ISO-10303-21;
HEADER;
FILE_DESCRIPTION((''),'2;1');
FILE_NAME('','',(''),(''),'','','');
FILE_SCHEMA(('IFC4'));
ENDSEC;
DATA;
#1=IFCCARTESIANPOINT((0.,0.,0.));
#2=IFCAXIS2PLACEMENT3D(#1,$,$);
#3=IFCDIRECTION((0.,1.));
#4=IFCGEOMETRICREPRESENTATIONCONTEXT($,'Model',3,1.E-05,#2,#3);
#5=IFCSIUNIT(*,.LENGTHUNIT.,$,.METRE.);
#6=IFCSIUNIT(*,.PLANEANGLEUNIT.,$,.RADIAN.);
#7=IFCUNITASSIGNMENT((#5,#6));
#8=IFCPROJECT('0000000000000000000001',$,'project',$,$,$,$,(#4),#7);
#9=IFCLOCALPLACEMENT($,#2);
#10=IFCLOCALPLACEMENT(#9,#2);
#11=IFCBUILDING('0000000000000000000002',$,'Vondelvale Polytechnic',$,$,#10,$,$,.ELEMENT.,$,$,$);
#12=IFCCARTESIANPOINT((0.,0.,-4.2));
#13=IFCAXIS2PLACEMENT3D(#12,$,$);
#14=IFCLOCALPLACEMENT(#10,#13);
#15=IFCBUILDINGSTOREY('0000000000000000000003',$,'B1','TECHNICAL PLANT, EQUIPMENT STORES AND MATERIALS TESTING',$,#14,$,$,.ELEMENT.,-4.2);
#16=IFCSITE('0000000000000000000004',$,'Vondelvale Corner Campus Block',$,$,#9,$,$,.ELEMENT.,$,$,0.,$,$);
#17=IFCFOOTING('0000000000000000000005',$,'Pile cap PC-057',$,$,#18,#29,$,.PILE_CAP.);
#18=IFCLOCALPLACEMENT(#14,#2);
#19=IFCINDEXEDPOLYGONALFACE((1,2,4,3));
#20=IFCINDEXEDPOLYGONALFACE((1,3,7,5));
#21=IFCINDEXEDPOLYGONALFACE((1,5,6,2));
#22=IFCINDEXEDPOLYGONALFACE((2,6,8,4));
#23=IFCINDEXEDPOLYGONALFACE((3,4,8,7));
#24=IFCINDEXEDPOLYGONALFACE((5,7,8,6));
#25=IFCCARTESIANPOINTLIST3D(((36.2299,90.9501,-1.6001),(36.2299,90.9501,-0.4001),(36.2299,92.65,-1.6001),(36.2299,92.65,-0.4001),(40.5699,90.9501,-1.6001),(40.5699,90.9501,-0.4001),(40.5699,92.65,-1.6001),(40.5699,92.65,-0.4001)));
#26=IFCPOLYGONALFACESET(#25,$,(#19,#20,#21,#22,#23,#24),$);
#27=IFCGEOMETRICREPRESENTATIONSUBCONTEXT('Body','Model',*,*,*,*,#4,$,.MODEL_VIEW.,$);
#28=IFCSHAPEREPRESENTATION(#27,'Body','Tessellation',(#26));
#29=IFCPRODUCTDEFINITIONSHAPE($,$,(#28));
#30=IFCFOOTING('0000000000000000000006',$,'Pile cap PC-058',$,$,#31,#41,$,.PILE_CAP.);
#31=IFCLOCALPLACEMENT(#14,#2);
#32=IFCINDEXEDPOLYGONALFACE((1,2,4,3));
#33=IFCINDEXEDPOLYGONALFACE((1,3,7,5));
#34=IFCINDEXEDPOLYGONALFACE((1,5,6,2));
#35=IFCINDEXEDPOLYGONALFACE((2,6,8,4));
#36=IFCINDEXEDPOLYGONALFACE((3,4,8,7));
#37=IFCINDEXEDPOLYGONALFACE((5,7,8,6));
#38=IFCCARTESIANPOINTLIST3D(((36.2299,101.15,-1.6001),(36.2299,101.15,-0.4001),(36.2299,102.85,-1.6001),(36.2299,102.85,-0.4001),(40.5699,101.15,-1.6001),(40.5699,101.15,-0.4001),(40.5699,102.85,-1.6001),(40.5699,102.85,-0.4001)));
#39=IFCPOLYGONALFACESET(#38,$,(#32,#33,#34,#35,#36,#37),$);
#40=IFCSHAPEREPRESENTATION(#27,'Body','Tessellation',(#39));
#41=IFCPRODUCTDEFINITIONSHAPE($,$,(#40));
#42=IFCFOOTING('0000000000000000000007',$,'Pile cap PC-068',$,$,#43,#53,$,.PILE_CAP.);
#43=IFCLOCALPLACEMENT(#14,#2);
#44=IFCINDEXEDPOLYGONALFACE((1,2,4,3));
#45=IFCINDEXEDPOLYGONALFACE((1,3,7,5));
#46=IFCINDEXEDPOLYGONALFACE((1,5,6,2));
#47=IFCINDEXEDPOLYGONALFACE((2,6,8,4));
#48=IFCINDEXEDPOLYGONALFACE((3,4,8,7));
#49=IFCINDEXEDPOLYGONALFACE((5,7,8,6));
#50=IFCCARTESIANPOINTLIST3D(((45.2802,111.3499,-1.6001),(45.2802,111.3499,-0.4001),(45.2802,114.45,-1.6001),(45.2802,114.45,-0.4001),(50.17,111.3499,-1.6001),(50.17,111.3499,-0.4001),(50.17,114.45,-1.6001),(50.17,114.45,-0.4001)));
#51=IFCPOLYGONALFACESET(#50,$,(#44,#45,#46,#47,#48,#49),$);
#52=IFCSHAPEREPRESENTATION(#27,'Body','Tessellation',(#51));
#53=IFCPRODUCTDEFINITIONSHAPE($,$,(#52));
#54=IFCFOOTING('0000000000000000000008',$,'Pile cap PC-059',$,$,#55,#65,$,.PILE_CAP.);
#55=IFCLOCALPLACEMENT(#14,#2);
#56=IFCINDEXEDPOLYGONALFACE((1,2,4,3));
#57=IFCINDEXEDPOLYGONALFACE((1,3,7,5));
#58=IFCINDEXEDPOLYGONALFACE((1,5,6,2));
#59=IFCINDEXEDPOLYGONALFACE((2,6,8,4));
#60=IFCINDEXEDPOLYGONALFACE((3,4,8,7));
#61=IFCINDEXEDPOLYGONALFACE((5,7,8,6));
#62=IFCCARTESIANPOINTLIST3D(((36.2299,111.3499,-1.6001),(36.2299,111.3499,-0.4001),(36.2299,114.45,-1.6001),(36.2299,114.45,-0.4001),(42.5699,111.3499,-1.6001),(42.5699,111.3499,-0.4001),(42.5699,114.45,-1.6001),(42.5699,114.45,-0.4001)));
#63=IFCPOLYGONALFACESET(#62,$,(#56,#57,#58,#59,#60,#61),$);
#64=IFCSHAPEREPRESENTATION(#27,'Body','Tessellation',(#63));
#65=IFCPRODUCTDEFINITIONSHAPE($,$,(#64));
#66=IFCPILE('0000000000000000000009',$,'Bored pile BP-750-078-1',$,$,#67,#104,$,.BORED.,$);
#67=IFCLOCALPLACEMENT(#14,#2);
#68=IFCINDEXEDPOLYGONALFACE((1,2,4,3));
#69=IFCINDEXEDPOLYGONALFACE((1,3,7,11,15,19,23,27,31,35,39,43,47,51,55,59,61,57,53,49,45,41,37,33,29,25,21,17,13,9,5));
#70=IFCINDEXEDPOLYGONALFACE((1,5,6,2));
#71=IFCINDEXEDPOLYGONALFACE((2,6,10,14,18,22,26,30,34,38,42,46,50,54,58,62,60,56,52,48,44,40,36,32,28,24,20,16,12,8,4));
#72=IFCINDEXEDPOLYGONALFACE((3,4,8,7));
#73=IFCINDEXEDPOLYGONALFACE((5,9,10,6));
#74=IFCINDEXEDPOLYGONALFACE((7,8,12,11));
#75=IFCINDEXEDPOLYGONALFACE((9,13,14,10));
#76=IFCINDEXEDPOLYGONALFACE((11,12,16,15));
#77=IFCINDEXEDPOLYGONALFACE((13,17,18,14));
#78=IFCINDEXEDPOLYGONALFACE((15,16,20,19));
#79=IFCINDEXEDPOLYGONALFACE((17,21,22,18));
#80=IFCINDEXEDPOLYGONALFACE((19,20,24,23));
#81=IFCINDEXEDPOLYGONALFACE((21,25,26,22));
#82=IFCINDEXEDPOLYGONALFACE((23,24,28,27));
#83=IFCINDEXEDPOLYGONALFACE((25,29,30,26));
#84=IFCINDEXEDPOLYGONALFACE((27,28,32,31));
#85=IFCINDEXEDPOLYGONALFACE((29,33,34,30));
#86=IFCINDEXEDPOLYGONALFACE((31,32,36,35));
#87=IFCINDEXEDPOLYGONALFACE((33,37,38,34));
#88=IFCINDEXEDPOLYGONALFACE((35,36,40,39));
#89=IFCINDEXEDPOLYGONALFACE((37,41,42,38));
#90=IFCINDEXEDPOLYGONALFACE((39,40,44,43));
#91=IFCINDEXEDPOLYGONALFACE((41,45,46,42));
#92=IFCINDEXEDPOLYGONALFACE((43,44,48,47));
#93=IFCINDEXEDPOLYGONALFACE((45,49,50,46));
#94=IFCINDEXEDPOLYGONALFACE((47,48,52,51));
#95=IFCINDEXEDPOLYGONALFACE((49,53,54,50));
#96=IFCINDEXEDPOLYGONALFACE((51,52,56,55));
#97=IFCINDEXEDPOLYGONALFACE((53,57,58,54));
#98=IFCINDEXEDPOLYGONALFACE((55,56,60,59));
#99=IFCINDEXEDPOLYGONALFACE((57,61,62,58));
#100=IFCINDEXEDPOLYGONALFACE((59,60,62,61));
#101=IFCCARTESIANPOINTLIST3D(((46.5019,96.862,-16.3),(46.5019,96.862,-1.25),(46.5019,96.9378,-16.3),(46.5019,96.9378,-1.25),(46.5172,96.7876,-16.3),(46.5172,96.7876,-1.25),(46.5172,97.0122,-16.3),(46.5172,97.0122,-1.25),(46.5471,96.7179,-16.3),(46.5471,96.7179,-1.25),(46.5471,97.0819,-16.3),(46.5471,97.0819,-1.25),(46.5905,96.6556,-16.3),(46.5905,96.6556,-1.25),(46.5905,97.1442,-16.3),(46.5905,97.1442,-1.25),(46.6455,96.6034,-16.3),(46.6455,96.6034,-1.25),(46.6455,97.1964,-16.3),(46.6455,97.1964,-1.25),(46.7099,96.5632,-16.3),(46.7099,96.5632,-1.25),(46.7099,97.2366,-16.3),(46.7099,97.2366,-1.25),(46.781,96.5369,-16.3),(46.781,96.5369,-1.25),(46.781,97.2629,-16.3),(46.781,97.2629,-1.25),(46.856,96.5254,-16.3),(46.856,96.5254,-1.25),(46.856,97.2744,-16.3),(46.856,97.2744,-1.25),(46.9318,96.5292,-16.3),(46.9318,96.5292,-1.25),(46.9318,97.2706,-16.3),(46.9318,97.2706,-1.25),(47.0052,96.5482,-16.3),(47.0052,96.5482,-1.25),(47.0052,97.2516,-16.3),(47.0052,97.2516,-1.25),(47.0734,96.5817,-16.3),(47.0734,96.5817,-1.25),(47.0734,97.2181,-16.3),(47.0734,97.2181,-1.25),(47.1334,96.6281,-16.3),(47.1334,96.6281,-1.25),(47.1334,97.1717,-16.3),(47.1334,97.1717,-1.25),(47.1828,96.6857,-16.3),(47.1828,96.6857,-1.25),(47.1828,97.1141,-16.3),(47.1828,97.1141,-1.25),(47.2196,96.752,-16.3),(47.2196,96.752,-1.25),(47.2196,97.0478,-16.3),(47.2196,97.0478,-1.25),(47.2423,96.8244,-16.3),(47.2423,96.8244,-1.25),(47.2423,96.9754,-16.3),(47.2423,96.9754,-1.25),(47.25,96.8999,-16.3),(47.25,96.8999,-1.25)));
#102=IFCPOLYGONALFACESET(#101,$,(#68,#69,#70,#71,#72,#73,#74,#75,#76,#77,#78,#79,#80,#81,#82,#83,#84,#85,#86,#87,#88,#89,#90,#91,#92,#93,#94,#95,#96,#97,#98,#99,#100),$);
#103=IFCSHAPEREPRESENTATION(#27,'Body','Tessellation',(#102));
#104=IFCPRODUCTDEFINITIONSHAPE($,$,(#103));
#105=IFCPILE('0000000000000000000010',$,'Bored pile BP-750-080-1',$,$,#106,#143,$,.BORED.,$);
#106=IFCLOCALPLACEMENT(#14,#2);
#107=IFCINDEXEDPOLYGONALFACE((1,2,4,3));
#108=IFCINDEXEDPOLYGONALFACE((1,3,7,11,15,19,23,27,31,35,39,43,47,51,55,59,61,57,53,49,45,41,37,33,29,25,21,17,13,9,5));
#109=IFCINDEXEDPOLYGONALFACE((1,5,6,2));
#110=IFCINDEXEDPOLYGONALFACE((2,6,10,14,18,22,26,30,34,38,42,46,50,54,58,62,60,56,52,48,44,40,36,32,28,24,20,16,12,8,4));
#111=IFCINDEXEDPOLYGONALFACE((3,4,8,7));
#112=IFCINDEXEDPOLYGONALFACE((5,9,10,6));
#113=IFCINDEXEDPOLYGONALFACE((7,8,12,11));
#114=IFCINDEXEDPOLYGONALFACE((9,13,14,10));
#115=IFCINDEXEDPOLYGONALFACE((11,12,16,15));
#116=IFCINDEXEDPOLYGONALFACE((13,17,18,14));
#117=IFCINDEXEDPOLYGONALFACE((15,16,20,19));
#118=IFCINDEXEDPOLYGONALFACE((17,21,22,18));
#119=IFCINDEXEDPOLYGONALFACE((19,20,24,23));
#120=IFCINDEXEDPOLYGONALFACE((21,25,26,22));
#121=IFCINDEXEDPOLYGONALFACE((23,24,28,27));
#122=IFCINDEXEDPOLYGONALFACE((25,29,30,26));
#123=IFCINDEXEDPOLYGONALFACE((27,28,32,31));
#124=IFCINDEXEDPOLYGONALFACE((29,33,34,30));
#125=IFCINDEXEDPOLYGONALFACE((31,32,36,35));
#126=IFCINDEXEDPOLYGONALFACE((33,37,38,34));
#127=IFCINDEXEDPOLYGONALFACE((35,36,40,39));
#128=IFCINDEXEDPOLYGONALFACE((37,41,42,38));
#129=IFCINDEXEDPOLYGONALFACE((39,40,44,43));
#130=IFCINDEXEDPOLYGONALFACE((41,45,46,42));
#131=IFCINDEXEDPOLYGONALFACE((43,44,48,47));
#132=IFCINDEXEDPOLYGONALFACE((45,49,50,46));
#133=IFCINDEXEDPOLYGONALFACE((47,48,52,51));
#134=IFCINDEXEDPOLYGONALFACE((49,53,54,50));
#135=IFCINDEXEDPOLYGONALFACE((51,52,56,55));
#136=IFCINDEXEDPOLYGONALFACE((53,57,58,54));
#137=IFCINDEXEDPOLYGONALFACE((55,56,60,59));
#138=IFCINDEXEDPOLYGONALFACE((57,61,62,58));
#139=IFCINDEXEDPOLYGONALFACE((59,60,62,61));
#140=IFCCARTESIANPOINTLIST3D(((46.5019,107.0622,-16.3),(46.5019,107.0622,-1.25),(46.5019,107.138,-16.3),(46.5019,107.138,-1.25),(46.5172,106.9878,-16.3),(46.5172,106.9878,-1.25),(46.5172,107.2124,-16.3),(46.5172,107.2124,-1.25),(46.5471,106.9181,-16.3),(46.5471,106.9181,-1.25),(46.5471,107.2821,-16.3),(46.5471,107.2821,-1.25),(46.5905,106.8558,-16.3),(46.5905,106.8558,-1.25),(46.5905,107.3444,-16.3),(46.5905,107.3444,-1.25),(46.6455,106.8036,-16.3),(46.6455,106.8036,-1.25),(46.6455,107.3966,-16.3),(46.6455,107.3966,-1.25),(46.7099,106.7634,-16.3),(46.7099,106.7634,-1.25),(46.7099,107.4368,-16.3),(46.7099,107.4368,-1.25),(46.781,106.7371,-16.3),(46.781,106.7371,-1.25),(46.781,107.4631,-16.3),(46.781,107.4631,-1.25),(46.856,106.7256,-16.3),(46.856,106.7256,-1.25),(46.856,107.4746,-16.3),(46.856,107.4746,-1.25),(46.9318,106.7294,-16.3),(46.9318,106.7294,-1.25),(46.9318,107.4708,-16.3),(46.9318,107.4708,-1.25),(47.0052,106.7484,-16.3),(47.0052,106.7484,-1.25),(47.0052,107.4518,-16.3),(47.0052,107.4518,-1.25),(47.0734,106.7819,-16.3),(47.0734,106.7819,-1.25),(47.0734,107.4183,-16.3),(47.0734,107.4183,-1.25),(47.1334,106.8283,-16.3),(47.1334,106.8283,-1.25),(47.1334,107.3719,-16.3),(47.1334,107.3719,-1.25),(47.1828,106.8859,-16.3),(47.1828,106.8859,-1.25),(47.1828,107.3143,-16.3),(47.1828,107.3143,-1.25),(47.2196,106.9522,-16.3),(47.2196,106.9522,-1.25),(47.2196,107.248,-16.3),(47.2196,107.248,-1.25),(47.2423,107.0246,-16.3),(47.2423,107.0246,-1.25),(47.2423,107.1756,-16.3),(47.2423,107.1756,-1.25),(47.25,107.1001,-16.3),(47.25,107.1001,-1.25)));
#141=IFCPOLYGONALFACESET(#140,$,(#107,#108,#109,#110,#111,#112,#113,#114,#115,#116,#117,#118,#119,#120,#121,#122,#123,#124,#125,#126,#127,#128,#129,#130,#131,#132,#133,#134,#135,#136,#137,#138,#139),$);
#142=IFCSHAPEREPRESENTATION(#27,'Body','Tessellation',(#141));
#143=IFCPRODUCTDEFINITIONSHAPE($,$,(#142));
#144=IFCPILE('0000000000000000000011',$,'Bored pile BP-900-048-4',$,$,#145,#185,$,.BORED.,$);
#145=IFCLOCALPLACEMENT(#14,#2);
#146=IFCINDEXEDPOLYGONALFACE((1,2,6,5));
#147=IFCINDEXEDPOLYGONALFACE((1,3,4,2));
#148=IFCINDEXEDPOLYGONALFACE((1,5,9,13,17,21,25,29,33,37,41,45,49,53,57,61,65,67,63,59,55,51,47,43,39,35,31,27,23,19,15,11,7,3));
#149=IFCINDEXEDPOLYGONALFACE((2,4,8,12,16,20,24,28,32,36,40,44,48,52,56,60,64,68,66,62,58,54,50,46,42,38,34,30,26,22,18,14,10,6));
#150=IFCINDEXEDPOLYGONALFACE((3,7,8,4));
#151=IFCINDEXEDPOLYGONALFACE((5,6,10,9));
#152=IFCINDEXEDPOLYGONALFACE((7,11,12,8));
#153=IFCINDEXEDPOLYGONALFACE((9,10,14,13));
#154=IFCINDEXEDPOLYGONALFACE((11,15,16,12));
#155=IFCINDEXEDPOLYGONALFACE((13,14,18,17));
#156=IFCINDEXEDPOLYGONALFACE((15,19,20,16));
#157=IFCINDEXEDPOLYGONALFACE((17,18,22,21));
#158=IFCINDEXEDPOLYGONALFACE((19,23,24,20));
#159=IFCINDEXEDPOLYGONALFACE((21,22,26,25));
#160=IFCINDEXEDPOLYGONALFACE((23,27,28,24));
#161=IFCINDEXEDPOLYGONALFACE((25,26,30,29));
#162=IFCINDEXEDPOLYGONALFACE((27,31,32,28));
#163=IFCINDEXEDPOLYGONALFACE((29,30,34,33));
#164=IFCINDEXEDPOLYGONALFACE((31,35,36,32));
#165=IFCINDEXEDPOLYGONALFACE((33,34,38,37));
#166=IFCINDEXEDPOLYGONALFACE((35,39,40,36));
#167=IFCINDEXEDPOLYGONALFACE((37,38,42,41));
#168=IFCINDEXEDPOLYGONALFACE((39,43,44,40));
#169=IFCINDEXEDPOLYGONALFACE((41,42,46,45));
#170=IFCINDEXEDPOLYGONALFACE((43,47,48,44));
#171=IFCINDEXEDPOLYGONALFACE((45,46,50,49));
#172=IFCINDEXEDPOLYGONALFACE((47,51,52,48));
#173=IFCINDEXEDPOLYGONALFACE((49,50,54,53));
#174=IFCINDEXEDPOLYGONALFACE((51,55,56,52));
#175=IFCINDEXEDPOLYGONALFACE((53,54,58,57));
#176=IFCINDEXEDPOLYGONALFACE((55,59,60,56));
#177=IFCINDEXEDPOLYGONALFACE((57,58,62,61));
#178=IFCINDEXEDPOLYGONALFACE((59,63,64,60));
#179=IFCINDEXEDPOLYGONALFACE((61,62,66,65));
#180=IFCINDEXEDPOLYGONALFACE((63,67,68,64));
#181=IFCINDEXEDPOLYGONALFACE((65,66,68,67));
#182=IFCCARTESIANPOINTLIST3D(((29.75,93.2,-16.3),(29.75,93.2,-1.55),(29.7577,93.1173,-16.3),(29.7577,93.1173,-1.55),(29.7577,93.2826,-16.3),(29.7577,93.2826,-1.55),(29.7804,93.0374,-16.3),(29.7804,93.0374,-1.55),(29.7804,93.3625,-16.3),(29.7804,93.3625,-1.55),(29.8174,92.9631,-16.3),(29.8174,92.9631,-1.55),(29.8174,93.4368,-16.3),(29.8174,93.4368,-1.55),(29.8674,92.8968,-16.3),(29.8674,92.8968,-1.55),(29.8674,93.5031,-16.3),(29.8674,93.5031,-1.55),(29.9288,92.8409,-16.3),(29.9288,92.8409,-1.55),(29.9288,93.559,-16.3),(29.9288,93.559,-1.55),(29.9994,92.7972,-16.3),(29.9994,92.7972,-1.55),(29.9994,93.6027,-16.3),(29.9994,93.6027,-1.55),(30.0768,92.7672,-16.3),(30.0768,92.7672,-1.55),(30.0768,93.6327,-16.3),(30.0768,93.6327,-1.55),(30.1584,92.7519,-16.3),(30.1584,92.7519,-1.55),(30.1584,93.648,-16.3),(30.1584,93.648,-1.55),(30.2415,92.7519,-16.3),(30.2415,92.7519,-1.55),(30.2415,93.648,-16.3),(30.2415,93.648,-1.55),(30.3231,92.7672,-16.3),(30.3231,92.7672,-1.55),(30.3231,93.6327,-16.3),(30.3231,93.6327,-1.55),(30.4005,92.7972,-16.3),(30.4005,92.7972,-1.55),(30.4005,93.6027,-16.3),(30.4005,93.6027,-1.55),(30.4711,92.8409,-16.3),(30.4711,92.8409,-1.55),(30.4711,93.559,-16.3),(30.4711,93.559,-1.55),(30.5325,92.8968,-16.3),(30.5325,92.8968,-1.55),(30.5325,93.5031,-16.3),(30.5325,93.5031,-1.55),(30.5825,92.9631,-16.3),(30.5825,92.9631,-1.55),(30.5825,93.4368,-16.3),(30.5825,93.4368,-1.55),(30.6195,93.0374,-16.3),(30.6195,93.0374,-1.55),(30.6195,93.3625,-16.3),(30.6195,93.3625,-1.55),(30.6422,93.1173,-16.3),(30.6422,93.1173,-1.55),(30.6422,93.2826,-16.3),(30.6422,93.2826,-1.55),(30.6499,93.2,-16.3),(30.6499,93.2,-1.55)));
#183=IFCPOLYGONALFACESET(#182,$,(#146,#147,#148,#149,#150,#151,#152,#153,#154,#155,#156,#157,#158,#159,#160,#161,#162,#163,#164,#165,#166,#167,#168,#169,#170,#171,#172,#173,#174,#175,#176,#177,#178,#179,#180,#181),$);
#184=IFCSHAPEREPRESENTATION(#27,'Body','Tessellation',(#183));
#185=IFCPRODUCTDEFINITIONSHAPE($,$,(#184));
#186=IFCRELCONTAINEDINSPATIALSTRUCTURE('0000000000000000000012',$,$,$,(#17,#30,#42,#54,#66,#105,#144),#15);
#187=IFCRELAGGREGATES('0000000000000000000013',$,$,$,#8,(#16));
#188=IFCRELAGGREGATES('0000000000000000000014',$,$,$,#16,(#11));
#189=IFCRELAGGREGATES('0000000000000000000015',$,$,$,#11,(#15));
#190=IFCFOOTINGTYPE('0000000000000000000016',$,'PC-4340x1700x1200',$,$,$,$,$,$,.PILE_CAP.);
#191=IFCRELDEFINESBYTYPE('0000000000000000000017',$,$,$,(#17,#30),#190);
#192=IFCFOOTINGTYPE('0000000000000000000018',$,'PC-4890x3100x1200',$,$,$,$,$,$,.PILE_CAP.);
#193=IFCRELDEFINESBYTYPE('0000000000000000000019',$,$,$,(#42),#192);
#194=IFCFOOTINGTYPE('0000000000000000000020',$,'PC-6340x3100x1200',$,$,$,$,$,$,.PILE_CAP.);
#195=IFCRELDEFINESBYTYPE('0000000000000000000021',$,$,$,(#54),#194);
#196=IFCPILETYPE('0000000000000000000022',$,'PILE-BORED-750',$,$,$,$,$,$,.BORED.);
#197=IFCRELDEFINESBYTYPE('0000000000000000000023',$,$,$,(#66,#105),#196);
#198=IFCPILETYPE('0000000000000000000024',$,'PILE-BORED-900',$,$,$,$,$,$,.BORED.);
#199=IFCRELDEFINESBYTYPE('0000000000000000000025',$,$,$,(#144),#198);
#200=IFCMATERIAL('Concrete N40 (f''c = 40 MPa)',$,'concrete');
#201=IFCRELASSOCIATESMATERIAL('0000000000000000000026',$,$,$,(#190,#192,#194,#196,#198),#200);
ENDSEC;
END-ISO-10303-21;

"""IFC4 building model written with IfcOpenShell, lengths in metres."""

from ifc_helpers import new_model, si_unit, direction, frame, origin, origin_2d, place, context, subcontext, project, spatial, rectangle, circle, extrude, material, material_profile, profile_set, type_object, element, save


model = new_model("IFC4")

# Units and contexts
model_context = context("Model", 3, precision=1e-05, world=origin(), true_north=direction((0.0, 1.0)))
body_context = subcontext(model_context, "Body", "Model", "MODEL_VIEW")
ifc_project = project(units=[si_unit("LENGTHUNIT", "METRE"), si_unit("PLANEANGLEUNIT", "RADIAN")], contexts=[model_context])

# Site, building, storey
site_placement = place(None, origin())
site = spatial("IfcSite", under=ifc_project, at=site_placement, Name="Vondelvale Corner Campus Block", CompositionType="ELEMENT", RefElevation=0.0)
building_placement = place(site_placement, origin())
building = spatial("IfcBuilding", under=site, at=building_placement, Name="Vondelvale Polytechnic", CompositionType="ELEMENT")
storey_placement = place(building_placement, frame((0.0, 0.0, -4.2)))
storey = spatial("IfcBuildingStorey", under=building, at=storey_placement, Name="B1", Description="TECHNICAL PLANT, EQUIPMENT STORES AND MATERIALS TESTING", CompositionType="ELEMENT", Elevation=-4.2)

# Footings
ifc_material_1 = material(Name="Concrete N40 (f'c = 40 MPa)", Category="concrete")
footing_type_1 = type_object("IfcFootingType", Name="PC-4340x1700x1200", PredefinedType="PILE_CAP", material=ifc_material_1)
for number, where, z_axis, x_axis, name in (
    (1, (38.3999, 91.8, -1.6001), (0.0, 0.0, 1.0), (1.0, 0.0, 0.0), "Pile cap PC-057"),
    (2, (38.3999, 102.0, -1.6001), (0.0, 0.0, 1.0), (1.0, 0.0, 0.0), "Pile cap PC-058"),
):
    element("IfcFooting", number, at=place(storey_placement, frame(where, z_axis=z_axis, x_axis=x_axis)), inside=storey, type_object=footing_type_1, Name=name, PredefinedType="PILE_CAP", context=body_context, shape_type="SweptSolid", body=[
        extrude(rectangle(XDim=4.3401, YDim=1.7, at=origin_2d()), origin(), (0.0, 0.0, 1.0), 1.2),
    ])
footing_type_2 = type_object("IfcFootingType", Name="PC-4890x3100x1200", PredefinedType="PILE_CAP", material=ifc_material_1)
footing_1_placement = place(storey_placement, frame((47.7251, 112.8999, -1.6001), z_axis=(0.0, 0.0, 1.0), x_axis=(1.0, 0.0, 0.0)))
element("IfcFooting", 3, at=footing_1_placement, inside=storey, type_object=footing_type_2, Name="Pile cap PC-068", PredefinedType="PILE_CAP", context=body_context, shape_type="SweptSolid", body=[
    extrude(rectangle(XDim=4.8899, YDim=3.1001, at=origin_2d()), origin(), (0.0, 0.0, 1.0), 1.2),
])
footing_type_3 = type_object("IfcFootingType", Name="PC-6340x3100x1200", PredefinedType="PILE_CAP", material=ifc_material_1)
footing_2_placement = place(storey_placement, frame((39.3999, 112.8999, -1.6001), z_axis=(0.0, 0.0, 1.0), x_axis=(1.0, 0.0, 0.0)))
element("IfcFooting", 4, at=footing_2_placement, inside=storey, type_object=footing_type_3, Name="Pile cap PC-059", PredefinedType="PILE_CAP", context=body_context, shape_type="SweptSolid", body=[
    extrude(rectangle(XDim=6.3401, YDim=3.1001, at=origin_2d()), origin(), (0.0, 0.0, 1.0), 1.2),
])

# Piles
ifc_material_profile_1 = material_profile(ifc_material_1, circle(Radius=0.375, at=origin_2d()), Name="PILE-D750")
ifc_profile_set_1 = profile_set([ifc_material_profile_1], Name="Concrete N40 (f'c = 40 MPa)")
pile_type_1 = type_object("IfcPileType", Name="PILE-BORED-750", PredefinedType="BORED", material=ifc_profile_set_1)
for number, where, z_axis, x_axis, name in (
    (5, (46.875, 96.8999, -1.25), (0.0, 0.0, -1.0), (1.0, 0.0, 0.0), "Bored pile BP-750-078-1"),
    (6, (46.875, 107.1001, -1.25), (0.0, 0.0, -1.0), (1.0, 0.0, 0.0), "Bored pile BP-750-080-1"),
):
    element("IfcPile", number, at=place(storey_placement, frame(where, z_axis=z_axis, x_axis=x_axis)), inside=storey, type_object=pile_type_1, Name=name, PredefinedType="BORED", context=body_context, shape_type="SweptSolid", body=[
        extrude(circle(Radius=0.375, at=origin_2d()), origin(), (0.0, 0.0, 1.0), 15.05),
    ])
ifc_material_profile_2 = material_profile(ifc_material_1, circle(Radius=0.45, at=origin_2d()), Name="PILE-D900")
ifc_profile_set_2 = profile_set([ifc_material_profile_2], Name="Concrete N40 (f'c = 40 MPa)")
pile_type_2 = type_object("IfcPileType", Name="PILE-BORED-900", PredefinedType="BORED", material=ifc_profile_set_2)
for number, where, z_axis, x_axis, name in (
    (7, (30.2, 93.2, -1.55), (0.0, 0.0, -1.0), (1.0, 0.0, 0.0), "Bored pile BP-900-048-4"),
):
    element("IfcPile", number, at=place(storey_placement, frame(where, z_axis=z_axis, x_axis=x_axis)), inside=storey, type_object=pile_type_2, Name=name, PredefinedType="BORED", context=body_context, shape_type="SweptSolid", body=[
        extrude(circle(Radius=0.45, at=origin_2d()), origin(), (0.0, 0.0, 1.0), 14.75),
    ])

save(model, "model.ifc")
